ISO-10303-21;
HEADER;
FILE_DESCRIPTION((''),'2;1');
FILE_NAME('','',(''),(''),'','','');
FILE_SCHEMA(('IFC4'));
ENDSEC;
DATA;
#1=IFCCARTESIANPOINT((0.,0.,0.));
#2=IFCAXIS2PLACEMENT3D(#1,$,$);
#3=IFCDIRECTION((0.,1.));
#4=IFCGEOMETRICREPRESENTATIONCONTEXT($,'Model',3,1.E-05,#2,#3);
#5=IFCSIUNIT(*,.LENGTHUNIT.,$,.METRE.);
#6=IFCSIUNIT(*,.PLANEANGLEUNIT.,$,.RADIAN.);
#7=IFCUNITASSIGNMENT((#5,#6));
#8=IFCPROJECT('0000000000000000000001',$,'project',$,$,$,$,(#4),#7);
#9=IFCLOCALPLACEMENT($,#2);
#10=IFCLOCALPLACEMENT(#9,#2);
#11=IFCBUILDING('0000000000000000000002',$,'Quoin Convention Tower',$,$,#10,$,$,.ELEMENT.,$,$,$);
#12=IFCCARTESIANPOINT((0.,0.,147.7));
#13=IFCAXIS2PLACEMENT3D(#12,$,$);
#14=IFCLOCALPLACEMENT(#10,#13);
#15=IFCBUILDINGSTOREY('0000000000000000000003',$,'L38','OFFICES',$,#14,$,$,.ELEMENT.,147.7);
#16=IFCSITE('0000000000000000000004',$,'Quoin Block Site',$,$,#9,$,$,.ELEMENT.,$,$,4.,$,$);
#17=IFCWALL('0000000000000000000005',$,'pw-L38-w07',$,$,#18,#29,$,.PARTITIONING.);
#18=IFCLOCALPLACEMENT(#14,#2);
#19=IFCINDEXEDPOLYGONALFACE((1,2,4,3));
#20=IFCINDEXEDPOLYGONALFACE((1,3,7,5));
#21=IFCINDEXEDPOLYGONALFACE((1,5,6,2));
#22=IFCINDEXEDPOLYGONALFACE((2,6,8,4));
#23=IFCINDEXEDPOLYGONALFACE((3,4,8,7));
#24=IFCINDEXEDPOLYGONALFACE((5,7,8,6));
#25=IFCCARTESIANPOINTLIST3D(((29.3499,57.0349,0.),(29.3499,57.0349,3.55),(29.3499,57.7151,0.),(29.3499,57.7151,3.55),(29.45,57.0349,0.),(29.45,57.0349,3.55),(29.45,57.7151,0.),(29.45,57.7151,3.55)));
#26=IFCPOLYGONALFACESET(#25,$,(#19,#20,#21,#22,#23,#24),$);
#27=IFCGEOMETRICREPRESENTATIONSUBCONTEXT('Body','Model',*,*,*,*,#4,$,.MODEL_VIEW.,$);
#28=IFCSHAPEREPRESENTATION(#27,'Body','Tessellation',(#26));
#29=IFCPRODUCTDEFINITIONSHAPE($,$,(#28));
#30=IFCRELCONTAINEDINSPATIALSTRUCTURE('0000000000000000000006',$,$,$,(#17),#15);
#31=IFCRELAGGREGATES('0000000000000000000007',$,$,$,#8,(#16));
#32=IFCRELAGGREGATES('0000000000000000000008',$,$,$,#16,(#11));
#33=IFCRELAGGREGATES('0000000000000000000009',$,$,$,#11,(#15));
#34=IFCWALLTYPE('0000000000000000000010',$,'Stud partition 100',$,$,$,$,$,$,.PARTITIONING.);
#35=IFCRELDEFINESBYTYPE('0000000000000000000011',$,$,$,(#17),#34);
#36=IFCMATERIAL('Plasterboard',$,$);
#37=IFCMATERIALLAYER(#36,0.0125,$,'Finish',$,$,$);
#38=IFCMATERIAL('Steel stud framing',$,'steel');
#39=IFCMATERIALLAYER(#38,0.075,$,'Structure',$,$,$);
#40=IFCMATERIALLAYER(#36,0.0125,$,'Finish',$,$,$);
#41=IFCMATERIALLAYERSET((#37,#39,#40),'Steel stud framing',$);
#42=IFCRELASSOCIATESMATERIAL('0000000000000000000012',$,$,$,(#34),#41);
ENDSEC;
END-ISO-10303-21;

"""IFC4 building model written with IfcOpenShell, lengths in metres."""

from ifc_helpers import new_model, si_unit, direction, frame, frame_2d, origin, place, context, subcontext, project, spatial, rectangle, extrude, material, layer, layer_set, type_object, element, save


model = new_model("IFC4")

# Units and contexts
model_context = context("Model", 3, precision=1e-05, world=origin(), true_north=direction((0.0, 1.0)))
body_context = subcontext(model_context, "Body", "Model", "MODEL_VIEW")
ifc_project = project(units=[si_unit("LENGTHUNIT", "METRE"), si_unit("PLANEANGLEUNIT", "RADIAN")], contexts=[model_context])

# Site, building, storey
site_placement = place(None, origin())
site = spatial("IfcSite", under=ifc_project, at=site_placement, Name="Quoin Block Site", CompositionType="ELEMENT", RefElevation=4.0)
building_placement = place(site_placement, origin())
building = spatial("IfcBuilding", under=site, at=building_placement, Name="Quoin Convention Tower", CompositionType="ELEMENT")
storey_placement = place(building_placement, frame((0.0, 0.0, 147.7)))
storey = spatial("IfcBuildingStorey", under=building, at=storey_placement, Name="L38", Description="OFFICES", CompositionType="ELEMENT", Elevation=147.7)

# Shared definitions
ifc_material_1 = material(Name="Plasterboard")
ifc_material_2 = material(Name="Steel stud framing", Category="steel")

# Shared definitions
ifc_layer_1 = layer(ifc_material_1, 0.0125, Name="Finish")
ifc_layer_2 = layer(ifc_material_2, 0.075, Name="Structure")
ifc_layer_3 = layer(ifc_material_1, 0.0125, Name="Finish")
ifc_layer_set_1 = layer_set([ifc_layer_1, ifc_layer_2, ifc_layer_3], Name="Steel stud framing")
wall_type_1 = type_object("IfcWallType", Name="Stud partition 100", PredefinedType="PARTITIONING", material=ifc_layer_set_1)

# Wall
wall_1_placement = place(storey_placement, frame((29.3999, 57.7151, 0.0), z_axis=(0.0, 0.0, 1.0), x_axis=(0.0, -1.0, 0.0)))
element("IfcWall", 1, at=wall_1_placement, inside=storey, type_object=wall_type_1, Name="pw-L38-w07", PredefinedType="PARTITIONING", context=body_context, shape_type="SweptSolid", body=[
    extrude(rectangle(XDim=0.6802, YDim=0.1001, at=frame_2d((0.3401, 0.0))), origin(), (0.0, 0.0, 1.0), 3.55),
])

save(model, "model.ifc")
